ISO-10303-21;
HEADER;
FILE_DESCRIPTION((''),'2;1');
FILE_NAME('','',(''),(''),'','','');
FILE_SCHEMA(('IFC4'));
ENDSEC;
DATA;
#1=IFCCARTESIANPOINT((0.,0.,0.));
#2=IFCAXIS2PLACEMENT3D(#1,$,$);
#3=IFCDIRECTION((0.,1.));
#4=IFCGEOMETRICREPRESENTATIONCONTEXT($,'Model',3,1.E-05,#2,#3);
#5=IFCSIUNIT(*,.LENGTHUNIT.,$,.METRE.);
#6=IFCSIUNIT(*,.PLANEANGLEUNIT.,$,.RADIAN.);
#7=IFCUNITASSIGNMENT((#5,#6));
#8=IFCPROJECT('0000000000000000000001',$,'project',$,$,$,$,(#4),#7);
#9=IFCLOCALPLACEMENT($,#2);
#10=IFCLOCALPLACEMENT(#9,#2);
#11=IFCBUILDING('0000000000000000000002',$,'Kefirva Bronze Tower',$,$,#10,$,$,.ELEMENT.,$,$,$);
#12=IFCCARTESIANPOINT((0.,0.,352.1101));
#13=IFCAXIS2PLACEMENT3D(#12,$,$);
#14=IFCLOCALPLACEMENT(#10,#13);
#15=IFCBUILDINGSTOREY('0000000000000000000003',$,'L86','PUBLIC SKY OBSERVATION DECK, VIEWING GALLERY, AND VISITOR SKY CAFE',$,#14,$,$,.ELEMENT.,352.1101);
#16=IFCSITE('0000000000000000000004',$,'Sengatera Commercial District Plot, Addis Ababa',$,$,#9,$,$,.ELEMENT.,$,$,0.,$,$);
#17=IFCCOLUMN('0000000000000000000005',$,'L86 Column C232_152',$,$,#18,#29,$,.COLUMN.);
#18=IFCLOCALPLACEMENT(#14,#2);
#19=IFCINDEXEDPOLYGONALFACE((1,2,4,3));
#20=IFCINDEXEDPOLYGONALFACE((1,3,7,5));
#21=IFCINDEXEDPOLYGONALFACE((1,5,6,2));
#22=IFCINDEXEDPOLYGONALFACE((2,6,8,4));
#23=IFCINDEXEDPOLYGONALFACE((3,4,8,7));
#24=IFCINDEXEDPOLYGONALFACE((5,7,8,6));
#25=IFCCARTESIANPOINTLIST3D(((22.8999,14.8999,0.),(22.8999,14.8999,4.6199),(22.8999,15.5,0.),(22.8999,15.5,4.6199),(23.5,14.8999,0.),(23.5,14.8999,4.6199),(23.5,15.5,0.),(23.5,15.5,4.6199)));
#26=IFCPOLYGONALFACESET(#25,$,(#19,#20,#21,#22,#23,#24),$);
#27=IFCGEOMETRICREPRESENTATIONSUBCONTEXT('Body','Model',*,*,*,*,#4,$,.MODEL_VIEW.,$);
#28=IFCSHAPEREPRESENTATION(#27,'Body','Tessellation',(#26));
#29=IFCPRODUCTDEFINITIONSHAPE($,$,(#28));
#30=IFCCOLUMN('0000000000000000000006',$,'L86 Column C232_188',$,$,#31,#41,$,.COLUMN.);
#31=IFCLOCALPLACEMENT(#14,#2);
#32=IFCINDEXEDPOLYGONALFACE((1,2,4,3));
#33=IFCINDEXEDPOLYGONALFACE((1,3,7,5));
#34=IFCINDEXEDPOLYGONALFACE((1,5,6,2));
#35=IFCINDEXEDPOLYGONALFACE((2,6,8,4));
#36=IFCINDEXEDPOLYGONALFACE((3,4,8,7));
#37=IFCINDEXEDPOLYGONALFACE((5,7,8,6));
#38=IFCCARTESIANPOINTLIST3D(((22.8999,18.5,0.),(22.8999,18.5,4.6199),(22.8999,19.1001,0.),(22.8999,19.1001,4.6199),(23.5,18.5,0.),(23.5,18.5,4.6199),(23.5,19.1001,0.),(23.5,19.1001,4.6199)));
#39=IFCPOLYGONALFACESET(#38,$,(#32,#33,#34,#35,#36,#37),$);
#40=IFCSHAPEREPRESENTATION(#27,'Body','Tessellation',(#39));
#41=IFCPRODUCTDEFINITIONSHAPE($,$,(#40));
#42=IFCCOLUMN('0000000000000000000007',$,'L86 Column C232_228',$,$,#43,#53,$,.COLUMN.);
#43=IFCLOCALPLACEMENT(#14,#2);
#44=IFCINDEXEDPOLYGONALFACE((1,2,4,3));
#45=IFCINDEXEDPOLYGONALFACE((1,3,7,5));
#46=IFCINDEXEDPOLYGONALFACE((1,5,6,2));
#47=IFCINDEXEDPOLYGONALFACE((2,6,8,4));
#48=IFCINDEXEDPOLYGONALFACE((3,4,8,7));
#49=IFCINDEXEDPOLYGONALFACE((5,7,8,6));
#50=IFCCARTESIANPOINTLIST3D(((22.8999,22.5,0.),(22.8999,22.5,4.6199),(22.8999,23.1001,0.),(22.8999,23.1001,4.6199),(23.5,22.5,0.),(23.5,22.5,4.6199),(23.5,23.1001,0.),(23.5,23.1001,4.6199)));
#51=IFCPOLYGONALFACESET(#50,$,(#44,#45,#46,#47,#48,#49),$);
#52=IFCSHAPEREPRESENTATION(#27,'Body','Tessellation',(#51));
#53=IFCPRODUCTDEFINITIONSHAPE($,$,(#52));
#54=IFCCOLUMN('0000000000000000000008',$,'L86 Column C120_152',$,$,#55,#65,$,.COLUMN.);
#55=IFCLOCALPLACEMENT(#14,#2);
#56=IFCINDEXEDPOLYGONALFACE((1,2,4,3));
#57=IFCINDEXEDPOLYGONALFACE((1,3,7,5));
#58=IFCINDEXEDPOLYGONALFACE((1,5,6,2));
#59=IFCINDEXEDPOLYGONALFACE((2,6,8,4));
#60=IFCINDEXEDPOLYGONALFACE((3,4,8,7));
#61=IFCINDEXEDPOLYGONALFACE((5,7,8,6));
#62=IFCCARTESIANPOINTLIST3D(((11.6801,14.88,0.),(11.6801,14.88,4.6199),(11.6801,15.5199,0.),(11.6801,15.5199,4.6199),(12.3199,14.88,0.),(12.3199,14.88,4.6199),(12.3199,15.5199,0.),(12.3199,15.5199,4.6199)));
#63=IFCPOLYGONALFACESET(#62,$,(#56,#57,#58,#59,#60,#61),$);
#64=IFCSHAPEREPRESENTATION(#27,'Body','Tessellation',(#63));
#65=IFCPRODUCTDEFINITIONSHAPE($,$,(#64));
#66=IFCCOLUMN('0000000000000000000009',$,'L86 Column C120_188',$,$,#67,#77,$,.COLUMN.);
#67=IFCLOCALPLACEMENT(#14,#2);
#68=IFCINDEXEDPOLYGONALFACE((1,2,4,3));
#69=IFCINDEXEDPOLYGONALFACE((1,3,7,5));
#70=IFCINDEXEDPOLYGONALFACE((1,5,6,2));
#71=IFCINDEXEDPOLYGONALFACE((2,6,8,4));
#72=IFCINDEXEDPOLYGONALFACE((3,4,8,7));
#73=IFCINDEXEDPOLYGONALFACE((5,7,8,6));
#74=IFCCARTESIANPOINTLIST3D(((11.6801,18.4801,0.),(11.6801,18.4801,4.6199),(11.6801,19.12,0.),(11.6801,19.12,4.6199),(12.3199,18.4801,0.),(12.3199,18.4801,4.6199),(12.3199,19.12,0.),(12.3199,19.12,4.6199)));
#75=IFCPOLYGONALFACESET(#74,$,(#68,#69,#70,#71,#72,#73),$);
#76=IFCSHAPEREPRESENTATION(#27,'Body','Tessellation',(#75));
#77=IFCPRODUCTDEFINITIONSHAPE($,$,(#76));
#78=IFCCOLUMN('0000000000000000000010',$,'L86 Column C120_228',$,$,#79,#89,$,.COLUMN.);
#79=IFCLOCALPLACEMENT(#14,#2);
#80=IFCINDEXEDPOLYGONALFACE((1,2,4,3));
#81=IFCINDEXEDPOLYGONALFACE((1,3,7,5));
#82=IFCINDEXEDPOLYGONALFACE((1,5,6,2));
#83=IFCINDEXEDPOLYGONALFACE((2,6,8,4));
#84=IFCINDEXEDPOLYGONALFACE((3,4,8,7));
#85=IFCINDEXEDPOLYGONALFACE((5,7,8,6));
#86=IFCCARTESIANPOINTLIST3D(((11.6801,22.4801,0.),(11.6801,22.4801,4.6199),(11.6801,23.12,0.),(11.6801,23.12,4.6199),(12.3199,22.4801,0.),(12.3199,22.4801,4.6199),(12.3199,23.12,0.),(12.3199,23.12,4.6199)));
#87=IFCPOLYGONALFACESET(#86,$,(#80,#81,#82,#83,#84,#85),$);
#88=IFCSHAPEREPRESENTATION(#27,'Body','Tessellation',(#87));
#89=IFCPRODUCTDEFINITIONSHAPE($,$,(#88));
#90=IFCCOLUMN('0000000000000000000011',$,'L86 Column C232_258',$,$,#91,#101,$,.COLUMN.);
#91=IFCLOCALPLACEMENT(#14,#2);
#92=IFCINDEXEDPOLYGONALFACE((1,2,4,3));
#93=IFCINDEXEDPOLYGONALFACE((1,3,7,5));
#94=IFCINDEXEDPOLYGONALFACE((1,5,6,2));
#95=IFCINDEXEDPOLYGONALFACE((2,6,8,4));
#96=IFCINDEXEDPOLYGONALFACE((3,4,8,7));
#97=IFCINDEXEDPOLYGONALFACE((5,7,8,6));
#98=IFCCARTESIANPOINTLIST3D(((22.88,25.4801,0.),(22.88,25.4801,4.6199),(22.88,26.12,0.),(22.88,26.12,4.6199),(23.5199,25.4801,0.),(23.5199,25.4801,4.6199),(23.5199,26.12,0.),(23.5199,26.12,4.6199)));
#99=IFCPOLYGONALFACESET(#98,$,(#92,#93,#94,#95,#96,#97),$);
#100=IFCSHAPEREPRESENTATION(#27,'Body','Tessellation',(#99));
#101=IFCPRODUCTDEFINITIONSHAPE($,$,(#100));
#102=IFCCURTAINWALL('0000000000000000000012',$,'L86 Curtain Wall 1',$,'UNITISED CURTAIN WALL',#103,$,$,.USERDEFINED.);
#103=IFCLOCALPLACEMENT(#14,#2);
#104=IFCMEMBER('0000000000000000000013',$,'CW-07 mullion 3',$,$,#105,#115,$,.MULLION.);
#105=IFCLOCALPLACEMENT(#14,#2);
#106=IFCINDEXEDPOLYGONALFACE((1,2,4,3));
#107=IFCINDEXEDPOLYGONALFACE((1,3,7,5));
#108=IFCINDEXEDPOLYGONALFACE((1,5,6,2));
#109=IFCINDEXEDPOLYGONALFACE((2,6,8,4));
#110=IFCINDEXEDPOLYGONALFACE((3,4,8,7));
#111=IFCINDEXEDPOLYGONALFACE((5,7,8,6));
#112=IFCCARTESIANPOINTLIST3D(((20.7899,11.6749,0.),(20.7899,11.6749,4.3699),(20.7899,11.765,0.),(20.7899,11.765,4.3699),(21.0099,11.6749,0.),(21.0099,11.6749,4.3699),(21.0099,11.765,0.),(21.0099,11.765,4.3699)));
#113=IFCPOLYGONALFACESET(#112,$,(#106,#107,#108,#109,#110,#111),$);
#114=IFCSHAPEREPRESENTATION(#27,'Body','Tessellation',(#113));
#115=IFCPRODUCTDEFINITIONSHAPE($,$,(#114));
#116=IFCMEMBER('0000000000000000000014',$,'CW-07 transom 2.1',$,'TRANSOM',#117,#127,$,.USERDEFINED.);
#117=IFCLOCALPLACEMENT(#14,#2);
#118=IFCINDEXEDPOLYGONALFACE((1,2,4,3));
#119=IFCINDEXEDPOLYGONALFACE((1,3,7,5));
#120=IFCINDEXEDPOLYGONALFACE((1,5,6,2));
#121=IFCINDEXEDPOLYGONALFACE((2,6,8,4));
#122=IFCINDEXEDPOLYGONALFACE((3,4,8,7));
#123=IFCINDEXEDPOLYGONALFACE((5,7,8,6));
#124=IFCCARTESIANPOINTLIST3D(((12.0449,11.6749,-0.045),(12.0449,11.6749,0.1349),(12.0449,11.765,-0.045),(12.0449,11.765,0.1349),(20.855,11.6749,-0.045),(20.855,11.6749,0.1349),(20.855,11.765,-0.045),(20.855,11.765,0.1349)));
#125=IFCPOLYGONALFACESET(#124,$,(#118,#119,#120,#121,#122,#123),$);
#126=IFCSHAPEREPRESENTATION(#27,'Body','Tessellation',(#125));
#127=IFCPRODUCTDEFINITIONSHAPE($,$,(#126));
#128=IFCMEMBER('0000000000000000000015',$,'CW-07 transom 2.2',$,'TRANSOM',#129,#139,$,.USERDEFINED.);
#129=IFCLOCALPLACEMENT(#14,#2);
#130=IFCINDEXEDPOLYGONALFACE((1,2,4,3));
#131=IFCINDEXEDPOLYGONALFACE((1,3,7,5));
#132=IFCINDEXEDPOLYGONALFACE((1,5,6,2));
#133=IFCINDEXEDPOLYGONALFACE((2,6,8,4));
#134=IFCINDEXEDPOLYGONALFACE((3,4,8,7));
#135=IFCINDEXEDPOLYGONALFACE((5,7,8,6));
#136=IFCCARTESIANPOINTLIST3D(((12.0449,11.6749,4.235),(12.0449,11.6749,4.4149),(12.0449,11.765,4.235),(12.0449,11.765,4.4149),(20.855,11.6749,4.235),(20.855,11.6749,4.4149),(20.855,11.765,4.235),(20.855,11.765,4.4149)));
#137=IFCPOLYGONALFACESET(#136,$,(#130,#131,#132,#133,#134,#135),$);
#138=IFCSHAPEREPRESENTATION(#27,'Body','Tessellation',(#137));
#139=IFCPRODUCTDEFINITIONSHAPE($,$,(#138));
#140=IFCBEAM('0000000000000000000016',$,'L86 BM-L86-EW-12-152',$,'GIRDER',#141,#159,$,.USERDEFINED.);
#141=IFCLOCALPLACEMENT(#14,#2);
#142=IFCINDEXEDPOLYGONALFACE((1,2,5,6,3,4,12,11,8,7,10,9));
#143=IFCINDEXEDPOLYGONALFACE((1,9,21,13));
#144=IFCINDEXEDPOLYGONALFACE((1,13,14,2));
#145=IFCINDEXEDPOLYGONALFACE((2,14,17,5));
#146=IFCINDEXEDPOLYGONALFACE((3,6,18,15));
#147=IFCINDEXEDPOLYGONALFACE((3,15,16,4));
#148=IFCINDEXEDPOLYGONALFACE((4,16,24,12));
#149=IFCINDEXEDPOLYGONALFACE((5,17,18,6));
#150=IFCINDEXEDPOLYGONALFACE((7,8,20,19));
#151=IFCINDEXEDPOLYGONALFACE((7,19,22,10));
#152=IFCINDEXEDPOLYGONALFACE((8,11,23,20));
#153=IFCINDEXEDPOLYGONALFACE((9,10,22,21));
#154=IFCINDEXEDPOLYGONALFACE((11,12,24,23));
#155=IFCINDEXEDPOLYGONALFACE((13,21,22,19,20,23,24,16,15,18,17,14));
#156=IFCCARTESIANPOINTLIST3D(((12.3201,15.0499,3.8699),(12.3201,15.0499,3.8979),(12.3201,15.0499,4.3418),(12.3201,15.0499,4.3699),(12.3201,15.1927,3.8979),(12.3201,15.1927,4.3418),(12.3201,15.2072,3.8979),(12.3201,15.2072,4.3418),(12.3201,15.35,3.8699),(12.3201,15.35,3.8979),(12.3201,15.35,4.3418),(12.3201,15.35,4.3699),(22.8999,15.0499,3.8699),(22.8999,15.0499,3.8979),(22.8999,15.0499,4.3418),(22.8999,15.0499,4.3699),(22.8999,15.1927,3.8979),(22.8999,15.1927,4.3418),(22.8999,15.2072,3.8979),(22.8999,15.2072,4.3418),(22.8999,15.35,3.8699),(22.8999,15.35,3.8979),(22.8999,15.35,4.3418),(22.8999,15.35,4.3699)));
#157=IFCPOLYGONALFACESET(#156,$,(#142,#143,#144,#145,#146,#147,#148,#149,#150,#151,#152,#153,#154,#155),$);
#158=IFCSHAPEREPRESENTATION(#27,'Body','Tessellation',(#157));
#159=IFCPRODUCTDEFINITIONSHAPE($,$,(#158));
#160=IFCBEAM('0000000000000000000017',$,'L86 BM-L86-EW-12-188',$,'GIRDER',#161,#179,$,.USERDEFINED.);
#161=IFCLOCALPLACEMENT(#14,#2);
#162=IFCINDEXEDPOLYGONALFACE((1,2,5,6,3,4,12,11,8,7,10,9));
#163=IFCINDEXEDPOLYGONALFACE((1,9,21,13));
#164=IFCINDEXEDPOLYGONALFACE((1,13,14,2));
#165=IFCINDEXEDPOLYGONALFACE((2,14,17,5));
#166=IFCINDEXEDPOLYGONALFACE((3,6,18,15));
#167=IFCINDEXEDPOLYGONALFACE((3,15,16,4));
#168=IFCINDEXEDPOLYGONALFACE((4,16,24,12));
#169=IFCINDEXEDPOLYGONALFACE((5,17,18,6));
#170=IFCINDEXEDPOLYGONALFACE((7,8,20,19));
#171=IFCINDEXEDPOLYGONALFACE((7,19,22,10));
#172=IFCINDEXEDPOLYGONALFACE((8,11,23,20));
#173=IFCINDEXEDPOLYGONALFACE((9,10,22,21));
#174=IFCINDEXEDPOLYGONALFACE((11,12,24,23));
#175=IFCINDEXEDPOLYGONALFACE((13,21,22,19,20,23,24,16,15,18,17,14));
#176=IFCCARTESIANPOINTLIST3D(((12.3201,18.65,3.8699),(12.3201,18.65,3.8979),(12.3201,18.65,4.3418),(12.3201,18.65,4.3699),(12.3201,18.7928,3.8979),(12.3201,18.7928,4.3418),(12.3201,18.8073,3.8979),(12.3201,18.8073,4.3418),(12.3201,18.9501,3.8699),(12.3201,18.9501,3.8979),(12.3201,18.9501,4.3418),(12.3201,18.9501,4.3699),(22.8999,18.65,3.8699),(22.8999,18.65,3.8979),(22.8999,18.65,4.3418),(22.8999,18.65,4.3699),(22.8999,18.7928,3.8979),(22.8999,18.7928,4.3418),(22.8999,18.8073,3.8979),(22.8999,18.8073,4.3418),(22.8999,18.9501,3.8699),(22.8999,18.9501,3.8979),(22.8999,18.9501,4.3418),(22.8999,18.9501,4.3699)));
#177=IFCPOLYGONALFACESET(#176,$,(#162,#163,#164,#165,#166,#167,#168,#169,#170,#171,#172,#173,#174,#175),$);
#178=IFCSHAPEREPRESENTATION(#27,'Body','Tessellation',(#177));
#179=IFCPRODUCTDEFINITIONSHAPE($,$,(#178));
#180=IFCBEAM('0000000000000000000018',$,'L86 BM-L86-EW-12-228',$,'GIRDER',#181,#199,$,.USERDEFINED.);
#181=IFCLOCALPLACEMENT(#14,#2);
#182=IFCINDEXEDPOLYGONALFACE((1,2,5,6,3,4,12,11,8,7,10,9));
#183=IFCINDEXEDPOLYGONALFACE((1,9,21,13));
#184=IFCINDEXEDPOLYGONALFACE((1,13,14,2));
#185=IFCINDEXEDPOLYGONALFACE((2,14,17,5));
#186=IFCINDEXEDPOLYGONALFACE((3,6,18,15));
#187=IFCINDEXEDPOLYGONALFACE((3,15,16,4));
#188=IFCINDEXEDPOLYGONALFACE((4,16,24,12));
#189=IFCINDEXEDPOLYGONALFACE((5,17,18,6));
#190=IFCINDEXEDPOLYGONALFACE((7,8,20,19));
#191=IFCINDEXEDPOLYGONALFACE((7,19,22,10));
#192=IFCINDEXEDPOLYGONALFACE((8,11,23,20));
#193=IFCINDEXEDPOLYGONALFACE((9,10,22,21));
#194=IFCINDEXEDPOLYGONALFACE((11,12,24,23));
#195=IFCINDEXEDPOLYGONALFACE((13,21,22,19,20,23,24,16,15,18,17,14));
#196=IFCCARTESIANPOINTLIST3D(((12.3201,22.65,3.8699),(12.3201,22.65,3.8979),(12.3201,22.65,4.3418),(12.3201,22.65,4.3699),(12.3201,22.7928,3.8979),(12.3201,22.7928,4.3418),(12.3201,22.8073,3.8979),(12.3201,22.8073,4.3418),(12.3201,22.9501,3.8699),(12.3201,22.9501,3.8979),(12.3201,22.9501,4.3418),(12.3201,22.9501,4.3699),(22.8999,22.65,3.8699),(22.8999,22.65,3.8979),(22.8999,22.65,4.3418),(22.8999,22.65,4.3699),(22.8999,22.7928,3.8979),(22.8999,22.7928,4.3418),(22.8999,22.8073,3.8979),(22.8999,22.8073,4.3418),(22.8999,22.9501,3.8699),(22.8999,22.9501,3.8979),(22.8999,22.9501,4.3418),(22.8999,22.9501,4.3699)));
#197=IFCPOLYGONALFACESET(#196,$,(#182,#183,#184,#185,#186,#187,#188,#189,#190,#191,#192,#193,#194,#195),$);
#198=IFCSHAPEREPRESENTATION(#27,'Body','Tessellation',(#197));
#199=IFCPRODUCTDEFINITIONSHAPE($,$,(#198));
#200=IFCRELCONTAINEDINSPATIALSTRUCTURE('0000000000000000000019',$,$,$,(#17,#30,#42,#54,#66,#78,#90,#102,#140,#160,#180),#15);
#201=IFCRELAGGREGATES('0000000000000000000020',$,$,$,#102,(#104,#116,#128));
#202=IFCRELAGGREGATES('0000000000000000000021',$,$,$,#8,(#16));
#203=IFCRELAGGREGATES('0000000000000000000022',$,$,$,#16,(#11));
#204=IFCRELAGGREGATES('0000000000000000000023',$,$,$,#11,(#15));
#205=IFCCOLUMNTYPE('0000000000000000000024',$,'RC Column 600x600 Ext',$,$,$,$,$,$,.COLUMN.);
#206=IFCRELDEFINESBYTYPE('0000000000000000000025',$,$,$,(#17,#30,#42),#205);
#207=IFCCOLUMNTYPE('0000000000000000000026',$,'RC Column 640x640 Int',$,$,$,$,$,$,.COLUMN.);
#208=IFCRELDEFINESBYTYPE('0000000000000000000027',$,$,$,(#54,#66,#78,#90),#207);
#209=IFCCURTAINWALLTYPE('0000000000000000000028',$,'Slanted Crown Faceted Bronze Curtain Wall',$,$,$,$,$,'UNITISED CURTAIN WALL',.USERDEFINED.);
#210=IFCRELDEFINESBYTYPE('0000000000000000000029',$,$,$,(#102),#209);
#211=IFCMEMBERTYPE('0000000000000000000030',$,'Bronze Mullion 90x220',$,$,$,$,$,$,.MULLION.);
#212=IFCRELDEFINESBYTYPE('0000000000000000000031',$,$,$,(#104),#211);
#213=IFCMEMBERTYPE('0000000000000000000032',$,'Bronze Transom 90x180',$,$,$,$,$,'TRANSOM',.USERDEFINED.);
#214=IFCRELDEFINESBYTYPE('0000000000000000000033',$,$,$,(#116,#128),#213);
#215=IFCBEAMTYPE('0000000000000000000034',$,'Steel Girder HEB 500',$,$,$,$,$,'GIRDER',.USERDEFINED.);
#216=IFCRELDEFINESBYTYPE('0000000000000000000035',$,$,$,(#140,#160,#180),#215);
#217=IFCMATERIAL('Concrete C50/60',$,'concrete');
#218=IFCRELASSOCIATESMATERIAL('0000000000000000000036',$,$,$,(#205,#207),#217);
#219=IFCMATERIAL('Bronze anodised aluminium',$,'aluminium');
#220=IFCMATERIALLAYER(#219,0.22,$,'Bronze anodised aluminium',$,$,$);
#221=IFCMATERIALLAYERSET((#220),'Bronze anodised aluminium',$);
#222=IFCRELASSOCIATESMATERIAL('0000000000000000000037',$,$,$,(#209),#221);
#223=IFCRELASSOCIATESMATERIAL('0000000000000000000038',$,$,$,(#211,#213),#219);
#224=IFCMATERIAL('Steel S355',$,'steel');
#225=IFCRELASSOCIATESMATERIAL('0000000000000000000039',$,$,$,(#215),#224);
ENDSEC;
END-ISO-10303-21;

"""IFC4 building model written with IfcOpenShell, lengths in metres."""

from ifc_helpers import new_model, si_unit, direction, frame, origin, origin_2d, place, context, subcontext, project, spatial, rectangle, i_section, extrude, material, layer, layer_set, material_profile, profile_set, type_object, element, aggregate, save


model = new_model("IFC4")

# Units and contexts
model_context = context("Model", 3, precision=1e-05, world=origin(), true_north=direction((0.0, 1.0)))
body_context = subcontext(model_context, "Body", "Model", "MODEL_VIEW")
ifc_project = project(units=[si_unit("LENGTHUNIT", "METRE"), si_unit("PLANEANGLEUNIT", "RADIAN")], contexts=[model_context])

# Site, building, storey
site_placement = place(None, origin())
site = spatial("IfcSite", under=ifc_project, at=site_placement, Name="Sengatera Commercial District Plot, Addis Ababa", CompositionType="ELEMENT", RefElevation=0.0)
building_placement = place(site_placement, origin())
building = spatial("IfcBuilding", under=site, at=building_placement, Name="Kefirva Bronze Tower", CompositionType="ELEMENT")
storey_placement = place(building_placement, frame((0.0, 0.0, 352.1101)))
storey = spatial("IfcBuildingStorey", under=building, at=storey_placement, Name="L86", Description="PUBLIC SKY OBSERVATION DECK, VIEWING GALLERY, AND VISITOR SKY CAFE", CompositionType="ELEMENT", Elevation=352.1101)

# Columns
ifc_material_1 = material(Name="Concrete C50/60", Category="concrete")
ifc_material_profile_1 = material_profile(ifc_material_1, rectangle(XDim=0.6001, YDim=0.6001, at=origin_2d()), Name="RC 600x600")
ifc_profile_set_1 = profile_set([ifc_material_profile_1], Name="Concrete C50/60")
column_type_1 = type_object("IfcColumnType", Name="RC Column 600x600 Ext", PredefinedType="COLUMN", material=ifc_profile_set_1)
for number, where, z_axis, x_axis, name in (
    (1, (23.2, 15.2, 0.0), (0.0, 0.0, 1.0), (1.0, 0.0, 0.0), "L86 Column C232_152"),
    (2, (23.2, 18.8, 0.0), (0.0, 0.0, 1.0), (1.0, 0.0, 0.0), "L86 Column C232_188"),
    (3, (23.2, 22.8, 0.0), (0.0, 0.0, 1.0), (1.0, 0.0, 0.0), "L86 Column C232_228"),
):
    element("IfcColumn", number, at=place(storey_placement, frame(where, z_axis=z_axis, x_axis=x_axis)), inside=storey, type_object=column_type_1, Name=name, PredefinedType="COLUMN", context=body_context, shape_type="SweptSolid", body=[
        extrude(rectangle(XDim=0.6001, YDim=0.6001, at=origin_2d()), origin(), (0.0, 0.0, 1.0), 4.6199),
    ])
ifc_material_profile_2 = material_profile(ifc_material_1, rectangle(XDim=0.6399, YDim=0.6399, at=origin_2d()), Name="RC 640x640")
ifc_profile_set_2 = profile_set([ifc_material_profile_2], Name="Concrete C50/60")
column_type_2 = type_object("IfcColumnType", Name="RC Column 640x640 Int", PredefinedType="COLUMN", material=ifc_profile_set_2)
for number, where, z_axis, x_axis, name in (
    (4, (12.0, 15.2, 0.0), (0.0, 0.0, 1.0), (1.0, 0.0, 0.0), "L86 Column C120_152"),
    (5, (12.0, 18.8, 0.0), (0.0, 0.0, 1.0), (1.0, 0.0, 0.0), "L86 Column C120_188"),
    (6, (12.0, 22.8, 0.0), (0.0, 0.0, 1.0), (1.0, 0.0, 0.0), "L86 Column C120_228"),
    (7, (23.2, 25.8, 0.0), (0.0, 0.0, 1.0), (1.0, 0.0, 0.0), "L86 Column C232_258"),
):
    element("IfcColumn", number, at=place(storey_placement, frame(where, z_axis=z_axis, x_axis=x_axis)), inside=storey, type_object=column_type_2, Name=name, PredefinedType="COLUMN", context=body_context, shape_type="SweptSolid", body=[
        extrude(rectangle(XDim=0.6399, YDim=0.6399, at=origin_2d()), origin(), (0.0, 0.0, 1.0), 4.6199),
    ])

# Curtain wall, members
ifc_material_2 = material(Name="Bronze anodised aluminium", Category="aluminium")
ifc_layer_1 = layer(ifc_material_2, 0.22, Name="Bronze anodised aluminium")
ifc_layer_set_1 = layer_set([ifc_layer_1], Name="Bronze anodised aluminium")
curtain_wall_type = type_object("IfcCurtainWallType", Name="Slanted Crown Faceted Bronze Curtain Wall", ElementType="UNITISED CURTAIN WALL", PredefinedType="USERDEFINED", material=ifc_layer_set_1)
curtain_wall_placement = place(storey_placement, origin())
curtain_wall = element("IfcCurtainWall", 8, at=curtain_wall_placement, inside=storey, type_object=curtain_wall_type, Name="L86 Curtain Wall 1", ObjectType="UNITISED CURTAIN WALL", PredefinedType="USERDEFINED")
ifc_material_profile_3 = material_profile(ifc_material_2, rectangle(XDim=0.0901, YDim=0.22, at=origin_2d()), Name="ALU 90x220")
ifc_profile_set_3 = profile_set([ifc_material_profile_3], Name="Bronze anodised aluminium")
member_type_1 = type_object("IfcMemberType", Name="Bronze Mullion 90x220", PredefinedType="MULLION", material=ifc_profile_set_3)
member_1_placement = place(storey_placement, frame((20.8999, 11.72, 0.0), z_axis=(0.0, 0.0, 1.0), x_axis=(0.0, 1.0, 0.0)))
member_1 = element("IfcMember", 9, at=member_1_placement, type_object=member_type_1, Name="CW-07 mullion 3", PredefinedType="MULLION", context=body_context, shape_type="SweptSolid", body=[
    extrude(rectangle(XDim=0.0901, YDim=0.22, at=origin_2d()), origin(), (0.0, 0.0, 1.0), 4.3699),
])
ifc_material_profile_4 = material_profile(ifc_material_2, rectangle(XDim=0.0901, YDim=0.1799, at=origin_2d()), Name="ALU 90x180")
ifc_profile_set_4 = profile_set([ifc_material_profile_4], Name="Bronze anodised aluminium")
member_type_2 = type_object("IfcMemberType", Name="Bronze Transom 90x180", ElementType="TRANSOM", PredefinedType="USERDEFINED", material=ifc_profile_set_4)
member_2_placement = place(storey_placement, frame((12.0449, 11.72, 0.0449), z_axis=(1.0, 0.0, 0.0), x_axis=(0.0, 1.0, 0.0)))
member_2 = element("IfcMember", 10, at=member_2_placement, type_object=member_type_2, Name="CW-07 transom 2.1", ObjectType="TRANSOM", PredefinedType="USERDEFINED", context=body_context, shape_type="SweptSolid", body=[
    extrude(rectangle(XDim=0.0901, YDim=0.1799, at=origin_2d()), origin(), (0.0, 0.0, 1.0), 8.8101),
])
member_3_placement = place(storey_placement, frame((12.0449, 11.72, 4.325), z_axis=(1.0, 0.0, 0.0), x_axis=(0.0, 1.0, 0.0)))
member_3 = element("IfcMember", 11, at=member_3_placement, type_object=member_type_2, Name="CW-07 transom 2.2", ObjectType="TRANSOM", PredefinedType="USERDEFINED", context=body_context, shape_type="SweptSolid", body=[
    extrude(rectangle(XDim=0.0901, YDim=0.1799, at=origin_2d()), origin(), (0.0, 0.0, 1.0), 8.8101),
])

# Beams
ifc_material_3 = material(Name="Steel S355", Category="steel")
ifc_material_profile_5 = material_profile(ifc_material_3, i_section(OverallWidth=0.3, OverallDepth=0.5, WebThickness=0.0144, FlangeThickness=0.0281, at=origin_2d()), Name="HEB 500")
ifc_profile_set_5 = profile_set([ifc_material_profile_5], Name="Steel S355")
beam_type_1 = type_object("IfcBeamType", Name="Steel Girder HEB 500", ElementType="GIRDER", PredefinedType="USERDEFINED", material=ifc_profile_set_5)
for number, where, z_axis, x_axis, name in (
    (12, (12.3201, 15.2, 4.1199), (1.0, 0.0, 0.0), (0.0, 1.0, 0.0), "L86 BM-L86-EW-12-152"),
    (13, (12.3201, 18.8, 4.1199), (1.0, 0.0, 0.0), (0.0, 1.0, 0.0), "L86 BM-L86-EW-12-188"),
    (14, (12.3201, 22.8, 4.1199), (1.0, 0.0, 0.0), (0.0, 1.0, 0.0), "L86 BM-L86-EW-12-228"),
):
    element("IfcBeam", number, at=place(storey_placement, frame(where, z_axis=z_axis, x_axis=x_axis)), inside=storey, type_object=beam_type_1, Name=name, ObjectType="GIRDER", PredefinedType="USERDEFINED", context=body_context, shape_type="SweptSolid", body=[
        extrude(i_section(OverallWidth=0.3, OverallDepth=0.5, WebThickness=0.0144, FlangeThickness=0.0281, at=origin_2d()), origin(), (0.0, 0.0, 1.0), 10.5798),
    ])

aggregate(curtain_wall, [member_1, member_2, member_3])

save(model, "model.ifc")
